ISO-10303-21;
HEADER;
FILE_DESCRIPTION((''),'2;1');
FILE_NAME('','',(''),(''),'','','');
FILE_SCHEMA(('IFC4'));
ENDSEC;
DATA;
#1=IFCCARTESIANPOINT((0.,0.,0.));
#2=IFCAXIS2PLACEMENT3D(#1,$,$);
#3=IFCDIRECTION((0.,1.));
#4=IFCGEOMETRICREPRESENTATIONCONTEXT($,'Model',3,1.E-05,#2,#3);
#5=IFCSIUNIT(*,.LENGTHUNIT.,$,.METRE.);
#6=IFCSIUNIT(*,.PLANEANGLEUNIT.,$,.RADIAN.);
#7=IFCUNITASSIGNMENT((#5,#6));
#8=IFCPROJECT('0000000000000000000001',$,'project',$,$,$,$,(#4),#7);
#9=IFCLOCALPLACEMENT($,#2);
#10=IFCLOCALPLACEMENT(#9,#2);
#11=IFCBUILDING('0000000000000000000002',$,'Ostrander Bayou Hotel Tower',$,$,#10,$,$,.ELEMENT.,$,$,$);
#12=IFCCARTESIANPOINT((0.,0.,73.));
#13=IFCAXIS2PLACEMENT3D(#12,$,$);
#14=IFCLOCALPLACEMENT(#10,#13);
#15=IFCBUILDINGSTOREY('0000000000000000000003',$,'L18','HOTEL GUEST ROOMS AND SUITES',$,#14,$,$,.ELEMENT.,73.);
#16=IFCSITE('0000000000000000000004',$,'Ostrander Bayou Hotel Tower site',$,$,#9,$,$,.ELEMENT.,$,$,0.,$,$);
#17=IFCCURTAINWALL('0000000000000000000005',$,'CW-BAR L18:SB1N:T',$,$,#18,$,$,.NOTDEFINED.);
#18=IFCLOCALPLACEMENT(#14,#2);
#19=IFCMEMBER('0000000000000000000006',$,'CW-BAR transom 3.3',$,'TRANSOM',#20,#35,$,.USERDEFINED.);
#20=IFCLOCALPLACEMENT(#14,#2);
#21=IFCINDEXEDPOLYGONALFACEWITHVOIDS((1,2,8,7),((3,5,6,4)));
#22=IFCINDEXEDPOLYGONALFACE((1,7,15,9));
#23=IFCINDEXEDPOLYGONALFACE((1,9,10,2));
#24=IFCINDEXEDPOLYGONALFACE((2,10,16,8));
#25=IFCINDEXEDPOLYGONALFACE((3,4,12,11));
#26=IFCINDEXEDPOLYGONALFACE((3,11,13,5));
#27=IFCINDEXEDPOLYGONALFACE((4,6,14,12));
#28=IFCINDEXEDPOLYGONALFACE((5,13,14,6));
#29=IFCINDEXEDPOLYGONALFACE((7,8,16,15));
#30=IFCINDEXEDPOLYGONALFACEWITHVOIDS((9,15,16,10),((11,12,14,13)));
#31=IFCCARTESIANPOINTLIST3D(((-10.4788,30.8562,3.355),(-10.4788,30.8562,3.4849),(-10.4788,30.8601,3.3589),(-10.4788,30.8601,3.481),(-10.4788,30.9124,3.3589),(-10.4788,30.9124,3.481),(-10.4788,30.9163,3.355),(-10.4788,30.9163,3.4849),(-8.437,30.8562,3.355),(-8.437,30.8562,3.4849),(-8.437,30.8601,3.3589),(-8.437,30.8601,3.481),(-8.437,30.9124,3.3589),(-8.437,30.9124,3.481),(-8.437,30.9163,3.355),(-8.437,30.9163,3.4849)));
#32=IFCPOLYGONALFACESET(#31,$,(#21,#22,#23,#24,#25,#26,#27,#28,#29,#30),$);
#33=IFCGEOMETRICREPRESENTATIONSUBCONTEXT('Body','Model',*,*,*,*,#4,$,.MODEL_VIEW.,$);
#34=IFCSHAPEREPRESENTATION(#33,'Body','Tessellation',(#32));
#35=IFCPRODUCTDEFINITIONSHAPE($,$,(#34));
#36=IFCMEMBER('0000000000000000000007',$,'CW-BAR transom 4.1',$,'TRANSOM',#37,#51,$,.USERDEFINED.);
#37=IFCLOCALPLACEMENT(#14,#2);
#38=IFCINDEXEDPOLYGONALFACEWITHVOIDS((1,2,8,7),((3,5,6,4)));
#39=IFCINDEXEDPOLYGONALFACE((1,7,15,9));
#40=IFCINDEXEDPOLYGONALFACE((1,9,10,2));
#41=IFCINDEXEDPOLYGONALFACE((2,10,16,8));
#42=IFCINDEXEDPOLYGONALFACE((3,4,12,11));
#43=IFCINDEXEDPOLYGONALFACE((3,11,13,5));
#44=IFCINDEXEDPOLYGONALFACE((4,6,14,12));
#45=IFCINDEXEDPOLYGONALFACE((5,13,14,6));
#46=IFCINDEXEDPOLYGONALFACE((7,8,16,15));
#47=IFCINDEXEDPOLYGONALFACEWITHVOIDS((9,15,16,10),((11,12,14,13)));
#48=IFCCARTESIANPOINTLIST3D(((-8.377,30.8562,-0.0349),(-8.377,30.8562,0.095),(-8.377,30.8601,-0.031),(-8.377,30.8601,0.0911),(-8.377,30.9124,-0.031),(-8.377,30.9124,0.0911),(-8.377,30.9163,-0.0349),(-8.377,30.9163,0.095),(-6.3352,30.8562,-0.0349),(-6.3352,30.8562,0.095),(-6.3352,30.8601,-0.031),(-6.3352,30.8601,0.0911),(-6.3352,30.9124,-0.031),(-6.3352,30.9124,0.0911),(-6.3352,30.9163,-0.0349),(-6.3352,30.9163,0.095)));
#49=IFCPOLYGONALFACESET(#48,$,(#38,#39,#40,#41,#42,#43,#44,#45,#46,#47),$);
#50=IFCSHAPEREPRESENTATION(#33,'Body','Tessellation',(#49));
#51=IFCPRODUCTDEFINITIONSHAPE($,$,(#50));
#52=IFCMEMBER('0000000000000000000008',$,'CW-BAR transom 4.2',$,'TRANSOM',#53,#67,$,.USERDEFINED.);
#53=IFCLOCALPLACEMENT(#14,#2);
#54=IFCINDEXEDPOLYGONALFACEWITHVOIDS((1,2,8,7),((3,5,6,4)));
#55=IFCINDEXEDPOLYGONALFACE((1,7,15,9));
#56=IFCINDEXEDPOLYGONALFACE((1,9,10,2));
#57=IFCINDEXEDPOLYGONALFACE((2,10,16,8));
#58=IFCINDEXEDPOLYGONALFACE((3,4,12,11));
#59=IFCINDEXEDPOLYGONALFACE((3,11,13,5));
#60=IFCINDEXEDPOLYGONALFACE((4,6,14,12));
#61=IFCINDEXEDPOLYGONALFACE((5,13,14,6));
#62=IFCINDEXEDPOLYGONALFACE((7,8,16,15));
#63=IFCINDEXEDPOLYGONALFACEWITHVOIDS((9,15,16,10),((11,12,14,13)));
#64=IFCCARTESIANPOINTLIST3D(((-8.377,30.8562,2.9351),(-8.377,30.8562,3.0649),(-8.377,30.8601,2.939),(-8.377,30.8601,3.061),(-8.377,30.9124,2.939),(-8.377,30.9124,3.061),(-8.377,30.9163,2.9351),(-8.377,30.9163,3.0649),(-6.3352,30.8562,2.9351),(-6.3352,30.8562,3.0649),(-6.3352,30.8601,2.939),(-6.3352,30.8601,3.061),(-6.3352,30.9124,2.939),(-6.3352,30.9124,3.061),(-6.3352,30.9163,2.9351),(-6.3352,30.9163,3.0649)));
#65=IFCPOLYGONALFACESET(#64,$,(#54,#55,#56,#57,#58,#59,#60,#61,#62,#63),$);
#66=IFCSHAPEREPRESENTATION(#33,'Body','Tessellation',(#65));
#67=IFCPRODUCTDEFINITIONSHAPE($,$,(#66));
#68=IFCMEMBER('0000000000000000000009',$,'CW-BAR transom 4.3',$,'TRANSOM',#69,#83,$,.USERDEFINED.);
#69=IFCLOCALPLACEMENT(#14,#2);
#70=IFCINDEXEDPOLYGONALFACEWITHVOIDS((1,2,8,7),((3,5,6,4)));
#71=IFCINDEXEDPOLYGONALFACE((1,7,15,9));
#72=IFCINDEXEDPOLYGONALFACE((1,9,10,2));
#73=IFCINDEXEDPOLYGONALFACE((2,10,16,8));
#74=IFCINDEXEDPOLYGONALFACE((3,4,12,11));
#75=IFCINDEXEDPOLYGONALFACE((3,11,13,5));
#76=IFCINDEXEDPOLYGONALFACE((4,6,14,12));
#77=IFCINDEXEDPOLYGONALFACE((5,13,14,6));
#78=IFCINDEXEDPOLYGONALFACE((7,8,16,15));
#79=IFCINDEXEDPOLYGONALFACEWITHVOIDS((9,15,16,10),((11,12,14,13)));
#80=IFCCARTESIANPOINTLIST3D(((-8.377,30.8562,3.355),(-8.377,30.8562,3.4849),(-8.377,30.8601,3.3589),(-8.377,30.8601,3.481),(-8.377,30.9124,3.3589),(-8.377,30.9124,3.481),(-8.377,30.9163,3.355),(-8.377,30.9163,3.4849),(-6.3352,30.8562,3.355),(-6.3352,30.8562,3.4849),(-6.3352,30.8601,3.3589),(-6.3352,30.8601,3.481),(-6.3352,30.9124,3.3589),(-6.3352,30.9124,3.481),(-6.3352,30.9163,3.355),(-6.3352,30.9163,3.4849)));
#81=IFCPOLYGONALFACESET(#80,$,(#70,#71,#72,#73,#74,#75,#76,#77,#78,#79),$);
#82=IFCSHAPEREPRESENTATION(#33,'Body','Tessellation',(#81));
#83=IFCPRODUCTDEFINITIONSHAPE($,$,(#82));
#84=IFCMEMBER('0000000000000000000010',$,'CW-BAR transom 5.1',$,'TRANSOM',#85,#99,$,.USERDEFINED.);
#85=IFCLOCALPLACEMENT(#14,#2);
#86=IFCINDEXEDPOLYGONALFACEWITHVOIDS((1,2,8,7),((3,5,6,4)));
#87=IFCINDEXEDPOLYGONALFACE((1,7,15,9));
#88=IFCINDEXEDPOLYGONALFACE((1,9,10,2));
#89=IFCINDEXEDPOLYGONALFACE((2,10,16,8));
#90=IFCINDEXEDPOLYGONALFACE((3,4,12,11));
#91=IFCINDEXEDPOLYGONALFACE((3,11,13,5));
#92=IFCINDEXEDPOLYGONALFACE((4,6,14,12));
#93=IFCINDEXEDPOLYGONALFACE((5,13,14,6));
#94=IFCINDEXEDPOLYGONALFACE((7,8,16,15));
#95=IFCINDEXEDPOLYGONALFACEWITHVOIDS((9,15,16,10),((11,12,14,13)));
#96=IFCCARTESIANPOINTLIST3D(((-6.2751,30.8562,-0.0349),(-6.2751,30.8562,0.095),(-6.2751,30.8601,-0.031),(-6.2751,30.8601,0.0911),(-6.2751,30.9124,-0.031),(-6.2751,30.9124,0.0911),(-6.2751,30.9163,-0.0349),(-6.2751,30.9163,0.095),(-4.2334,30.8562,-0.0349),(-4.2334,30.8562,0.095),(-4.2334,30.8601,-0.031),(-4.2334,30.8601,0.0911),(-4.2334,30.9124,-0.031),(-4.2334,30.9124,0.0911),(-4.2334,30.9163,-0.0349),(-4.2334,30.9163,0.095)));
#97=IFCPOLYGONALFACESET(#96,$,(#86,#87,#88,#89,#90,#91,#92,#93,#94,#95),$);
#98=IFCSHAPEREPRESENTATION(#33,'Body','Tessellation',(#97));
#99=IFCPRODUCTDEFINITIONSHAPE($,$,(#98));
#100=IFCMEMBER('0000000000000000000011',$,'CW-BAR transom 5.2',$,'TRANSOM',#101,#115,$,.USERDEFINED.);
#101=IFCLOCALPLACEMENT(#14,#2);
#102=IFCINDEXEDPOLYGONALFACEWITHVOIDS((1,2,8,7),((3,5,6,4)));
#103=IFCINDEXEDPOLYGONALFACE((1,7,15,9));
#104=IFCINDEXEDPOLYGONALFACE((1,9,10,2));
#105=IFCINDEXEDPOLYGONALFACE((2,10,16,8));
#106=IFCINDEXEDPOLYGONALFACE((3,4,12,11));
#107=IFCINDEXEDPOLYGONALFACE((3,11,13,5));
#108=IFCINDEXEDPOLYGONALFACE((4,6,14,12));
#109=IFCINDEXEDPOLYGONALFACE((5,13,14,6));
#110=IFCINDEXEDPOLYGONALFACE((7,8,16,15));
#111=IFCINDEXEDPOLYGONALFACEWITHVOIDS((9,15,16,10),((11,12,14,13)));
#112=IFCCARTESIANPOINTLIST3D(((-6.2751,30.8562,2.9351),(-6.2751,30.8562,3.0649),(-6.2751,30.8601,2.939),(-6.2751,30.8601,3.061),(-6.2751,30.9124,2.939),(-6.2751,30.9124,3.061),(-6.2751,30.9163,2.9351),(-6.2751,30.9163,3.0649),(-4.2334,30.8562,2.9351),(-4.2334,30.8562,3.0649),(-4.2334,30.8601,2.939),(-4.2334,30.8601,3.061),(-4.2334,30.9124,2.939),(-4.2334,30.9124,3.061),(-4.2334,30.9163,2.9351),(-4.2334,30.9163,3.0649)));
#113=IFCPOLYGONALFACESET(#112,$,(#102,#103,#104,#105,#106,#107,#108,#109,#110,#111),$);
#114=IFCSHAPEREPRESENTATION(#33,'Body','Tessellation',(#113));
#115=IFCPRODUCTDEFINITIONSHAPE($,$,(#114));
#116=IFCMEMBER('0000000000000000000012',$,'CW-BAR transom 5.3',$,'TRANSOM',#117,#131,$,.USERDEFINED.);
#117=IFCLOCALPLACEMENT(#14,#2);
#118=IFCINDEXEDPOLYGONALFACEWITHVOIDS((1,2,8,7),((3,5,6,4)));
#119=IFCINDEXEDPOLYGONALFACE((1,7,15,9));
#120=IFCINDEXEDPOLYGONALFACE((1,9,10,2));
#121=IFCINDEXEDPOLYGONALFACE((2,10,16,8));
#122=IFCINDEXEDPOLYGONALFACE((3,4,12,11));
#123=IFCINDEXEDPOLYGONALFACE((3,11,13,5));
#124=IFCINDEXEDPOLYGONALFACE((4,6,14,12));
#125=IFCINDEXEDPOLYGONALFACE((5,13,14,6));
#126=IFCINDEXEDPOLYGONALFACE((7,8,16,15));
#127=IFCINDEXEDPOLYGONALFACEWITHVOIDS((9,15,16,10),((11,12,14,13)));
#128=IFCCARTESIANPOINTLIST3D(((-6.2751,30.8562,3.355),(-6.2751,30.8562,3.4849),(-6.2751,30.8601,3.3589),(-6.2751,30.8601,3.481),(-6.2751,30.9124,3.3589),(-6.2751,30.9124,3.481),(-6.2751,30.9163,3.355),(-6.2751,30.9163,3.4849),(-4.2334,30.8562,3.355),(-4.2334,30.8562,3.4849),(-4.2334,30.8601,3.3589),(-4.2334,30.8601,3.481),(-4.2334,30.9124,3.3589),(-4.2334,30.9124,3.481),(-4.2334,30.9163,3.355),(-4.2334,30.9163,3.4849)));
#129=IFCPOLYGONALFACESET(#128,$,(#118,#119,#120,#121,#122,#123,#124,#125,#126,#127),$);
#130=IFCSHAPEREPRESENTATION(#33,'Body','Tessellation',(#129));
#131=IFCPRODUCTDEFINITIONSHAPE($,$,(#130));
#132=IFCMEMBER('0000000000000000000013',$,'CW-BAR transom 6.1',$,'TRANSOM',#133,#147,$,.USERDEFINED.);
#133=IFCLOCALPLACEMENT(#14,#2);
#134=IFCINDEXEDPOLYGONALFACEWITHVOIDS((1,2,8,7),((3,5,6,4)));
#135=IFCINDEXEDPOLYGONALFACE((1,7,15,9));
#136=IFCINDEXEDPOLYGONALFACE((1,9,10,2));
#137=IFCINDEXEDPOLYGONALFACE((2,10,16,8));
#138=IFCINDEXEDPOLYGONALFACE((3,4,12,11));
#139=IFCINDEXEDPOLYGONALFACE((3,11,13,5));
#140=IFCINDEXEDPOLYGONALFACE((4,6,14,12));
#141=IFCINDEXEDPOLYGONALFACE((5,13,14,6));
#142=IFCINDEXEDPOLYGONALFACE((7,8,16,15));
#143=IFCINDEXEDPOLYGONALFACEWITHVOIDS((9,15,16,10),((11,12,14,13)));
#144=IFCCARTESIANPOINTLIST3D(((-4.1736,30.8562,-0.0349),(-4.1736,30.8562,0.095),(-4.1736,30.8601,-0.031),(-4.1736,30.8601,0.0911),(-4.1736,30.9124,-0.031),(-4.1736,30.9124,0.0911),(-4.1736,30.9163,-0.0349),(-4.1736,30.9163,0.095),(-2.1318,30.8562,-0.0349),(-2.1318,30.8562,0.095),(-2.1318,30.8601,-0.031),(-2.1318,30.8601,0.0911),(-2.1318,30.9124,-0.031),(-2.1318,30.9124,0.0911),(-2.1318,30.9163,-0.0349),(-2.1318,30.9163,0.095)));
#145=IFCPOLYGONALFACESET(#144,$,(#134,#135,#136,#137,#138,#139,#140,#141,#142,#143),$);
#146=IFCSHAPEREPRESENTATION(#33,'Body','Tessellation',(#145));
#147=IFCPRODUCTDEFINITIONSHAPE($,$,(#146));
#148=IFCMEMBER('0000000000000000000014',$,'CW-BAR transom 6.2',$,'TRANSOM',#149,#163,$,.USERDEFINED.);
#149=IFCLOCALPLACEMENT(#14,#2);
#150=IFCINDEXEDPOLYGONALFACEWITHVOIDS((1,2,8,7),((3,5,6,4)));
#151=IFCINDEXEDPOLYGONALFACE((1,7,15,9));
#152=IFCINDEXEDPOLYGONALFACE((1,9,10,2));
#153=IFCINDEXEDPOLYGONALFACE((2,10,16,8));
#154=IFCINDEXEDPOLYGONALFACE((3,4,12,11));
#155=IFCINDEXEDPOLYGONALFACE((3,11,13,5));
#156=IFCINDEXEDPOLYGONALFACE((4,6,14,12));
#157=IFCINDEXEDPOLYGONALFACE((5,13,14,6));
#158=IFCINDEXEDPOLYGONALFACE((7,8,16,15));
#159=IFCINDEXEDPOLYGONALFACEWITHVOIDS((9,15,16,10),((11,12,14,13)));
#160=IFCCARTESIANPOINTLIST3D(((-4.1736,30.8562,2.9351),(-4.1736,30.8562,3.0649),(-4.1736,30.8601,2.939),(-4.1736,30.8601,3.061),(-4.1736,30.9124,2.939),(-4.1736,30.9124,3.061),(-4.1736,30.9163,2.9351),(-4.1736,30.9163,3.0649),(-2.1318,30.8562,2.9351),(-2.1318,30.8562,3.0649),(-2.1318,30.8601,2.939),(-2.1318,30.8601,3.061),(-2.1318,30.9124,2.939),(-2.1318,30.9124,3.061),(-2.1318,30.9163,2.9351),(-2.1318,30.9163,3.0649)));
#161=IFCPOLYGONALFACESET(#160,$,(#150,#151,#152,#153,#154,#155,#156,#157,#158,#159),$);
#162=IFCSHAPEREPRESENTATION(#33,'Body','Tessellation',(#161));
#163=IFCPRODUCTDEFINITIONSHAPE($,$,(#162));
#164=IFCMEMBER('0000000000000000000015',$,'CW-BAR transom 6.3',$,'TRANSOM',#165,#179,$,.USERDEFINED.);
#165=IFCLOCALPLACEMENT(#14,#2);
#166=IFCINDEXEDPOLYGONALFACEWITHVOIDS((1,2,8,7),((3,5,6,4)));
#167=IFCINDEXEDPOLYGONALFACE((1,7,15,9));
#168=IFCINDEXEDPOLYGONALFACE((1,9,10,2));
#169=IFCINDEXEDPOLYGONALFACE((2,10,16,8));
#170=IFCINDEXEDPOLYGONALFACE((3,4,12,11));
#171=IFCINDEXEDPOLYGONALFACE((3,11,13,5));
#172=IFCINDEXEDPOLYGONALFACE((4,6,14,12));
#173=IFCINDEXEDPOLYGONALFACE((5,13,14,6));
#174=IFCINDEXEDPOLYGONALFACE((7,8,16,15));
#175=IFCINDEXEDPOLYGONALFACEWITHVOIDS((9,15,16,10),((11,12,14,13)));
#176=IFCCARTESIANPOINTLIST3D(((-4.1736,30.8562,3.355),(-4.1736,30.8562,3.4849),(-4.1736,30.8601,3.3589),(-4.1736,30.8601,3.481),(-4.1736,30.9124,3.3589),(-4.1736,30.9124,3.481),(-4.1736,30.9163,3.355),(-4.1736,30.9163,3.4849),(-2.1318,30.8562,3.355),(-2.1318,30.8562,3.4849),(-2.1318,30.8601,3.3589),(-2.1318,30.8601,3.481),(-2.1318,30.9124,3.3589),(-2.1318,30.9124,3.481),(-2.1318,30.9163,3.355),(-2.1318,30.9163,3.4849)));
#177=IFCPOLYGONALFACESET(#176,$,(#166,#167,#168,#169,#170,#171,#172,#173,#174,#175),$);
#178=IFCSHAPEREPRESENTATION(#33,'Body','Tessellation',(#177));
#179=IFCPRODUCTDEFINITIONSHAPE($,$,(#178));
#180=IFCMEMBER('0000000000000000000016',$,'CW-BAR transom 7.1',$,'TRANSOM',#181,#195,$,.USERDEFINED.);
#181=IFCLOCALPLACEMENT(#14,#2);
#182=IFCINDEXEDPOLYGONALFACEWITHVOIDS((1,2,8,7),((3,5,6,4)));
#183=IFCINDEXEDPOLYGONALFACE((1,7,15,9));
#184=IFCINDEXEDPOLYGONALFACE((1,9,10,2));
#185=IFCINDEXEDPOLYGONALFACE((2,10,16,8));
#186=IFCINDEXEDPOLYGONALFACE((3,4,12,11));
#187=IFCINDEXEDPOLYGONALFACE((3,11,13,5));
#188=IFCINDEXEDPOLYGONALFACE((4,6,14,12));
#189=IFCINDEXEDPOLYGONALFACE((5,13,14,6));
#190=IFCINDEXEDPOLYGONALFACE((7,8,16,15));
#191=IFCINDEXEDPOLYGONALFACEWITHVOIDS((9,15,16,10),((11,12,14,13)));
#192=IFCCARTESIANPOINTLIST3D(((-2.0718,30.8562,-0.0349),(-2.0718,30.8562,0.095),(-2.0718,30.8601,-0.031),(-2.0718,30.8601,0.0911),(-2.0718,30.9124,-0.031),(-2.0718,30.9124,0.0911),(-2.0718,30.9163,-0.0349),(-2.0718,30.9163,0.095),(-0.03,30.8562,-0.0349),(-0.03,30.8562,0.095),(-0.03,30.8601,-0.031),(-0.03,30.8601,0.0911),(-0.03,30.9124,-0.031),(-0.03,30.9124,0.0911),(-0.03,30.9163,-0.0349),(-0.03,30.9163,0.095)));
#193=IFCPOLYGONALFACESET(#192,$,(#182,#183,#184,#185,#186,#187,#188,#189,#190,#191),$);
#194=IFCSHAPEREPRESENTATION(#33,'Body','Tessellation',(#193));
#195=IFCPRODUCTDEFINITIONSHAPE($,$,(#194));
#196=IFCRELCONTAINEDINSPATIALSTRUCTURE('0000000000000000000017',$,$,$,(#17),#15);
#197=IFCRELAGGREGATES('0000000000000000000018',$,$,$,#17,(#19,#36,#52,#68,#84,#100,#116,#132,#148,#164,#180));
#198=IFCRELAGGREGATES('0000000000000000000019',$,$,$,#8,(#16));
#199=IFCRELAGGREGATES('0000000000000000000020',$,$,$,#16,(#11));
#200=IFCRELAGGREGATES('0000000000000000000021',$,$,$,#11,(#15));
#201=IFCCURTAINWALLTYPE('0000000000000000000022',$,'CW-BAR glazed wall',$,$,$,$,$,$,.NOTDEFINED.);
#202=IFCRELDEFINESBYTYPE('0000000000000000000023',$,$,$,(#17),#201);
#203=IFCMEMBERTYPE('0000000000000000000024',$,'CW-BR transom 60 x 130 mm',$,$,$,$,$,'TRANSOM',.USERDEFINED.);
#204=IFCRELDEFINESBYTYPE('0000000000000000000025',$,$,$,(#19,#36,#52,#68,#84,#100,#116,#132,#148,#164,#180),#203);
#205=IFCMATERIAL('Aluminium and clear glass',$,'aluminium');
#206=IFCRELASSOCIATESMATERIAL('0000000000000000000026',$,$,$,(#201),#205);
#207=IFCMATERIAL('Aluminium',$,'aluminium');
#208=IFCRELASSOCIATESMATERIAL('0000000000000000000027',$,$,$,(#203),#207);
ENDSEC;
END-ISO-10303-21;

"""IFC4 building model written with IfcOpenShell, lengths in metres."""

from ifc_helpers import new_model, si_unit, direction, frame, origin, origin_2d, place, context, subcontext, project, spatial, hollow_rectangle, extrude, material, material_profile, profile_set, type_object, element, aggregate, save


model = new_model("IFC4")

# Units and contexts
model_context = context("Model", 3, precision=1e-05, world=origin(), true_north=direction((0.0, 1.0)))
body_context = subcontext(model_context, "Body", "Model", "MODEL_VIEW")
ifc_project = project(units=[si_unit("LENGTHUNIT", "METRE"), si_unit("PLANEANGLEUNIT", "RADIAN")], contexts=[model_context])

# Site, building, storey
site_placement = place(None, origin())
site = spatial("IfcSite", under=ifc_project, at=site_placement, Name="Ostrander Bayou Hotel Tower site", CompositionType="ELEMENT", RefElevation=0.0)
building_placement = place(site_placement, origin())
building = spatial("IfcBuilding", under=site, at=building_placement, Name="Ostrander Bayou Hotel Tower", CompositionType="ELEMENT")
storey_placement = place(building_placement, frame((0.0, 0.0, 73.0)))
storey = spatial("IfcBuildingStorey", under=building, at=storey_placement, Name="L18", Description="HOTEL GUEST ROOMS AND SUITES", CompositionType="ELEMENT", Elevation=73.0)

# Curtain wall, members
ifc_material_1 = material(Name="Aluminium and clear glass", Category="aluminium")
curtain_wall_type = type_object("IfcCurtainWallType", Name="CW-BAR glazed wall", PredefinedType="NOTDEFINED", material=ifc_material_1)
curtain_wall_placement = place(storey_placement, origin())
curtain_wall = element("IfcCurtainWall", 1, at=curtain_wall_placement, inside=storey, type_object=curtain_wall_type, Name="CW-BAR L18:SB1N:T", PredefinedType="NOTDEFINED")
ifc_material_2 = material(Name="Aluminium", Category="aluminium")
ifc_material_profile_1 = material_profile(ifc_material_2, hollow_rectangle(XDim=0.0601, YDim=0.1299, WallThickness=0.0039, at=origin_2d()))
ifc_profile_set_1 = profile_set([ifc_material_profile_1], Name="Aluminium")
member_type_1 = type_object("IfcMemberType", Name="CW-BR transom 60 x 130 mm", ElementType="TRANSOM", PredefinedType="USERDEFINED", material=ifc_profile_set_1)
member_1_placement = place(storey_placement, frame((-10.4788, 30.8862, 3.4199), z_axis=(1.0, 0.0, 0.0), x_axis=(0.0, 1.0, 0.0)))
member_1 = element("IfcMember", 2, at=member_1_placement, type_object=member_type_1, Name="CW-BAR transom 3.3", ObjectType="TRANSOM", PredefinedType="USERDEFINED", context=body_context, shape_type="SweptSolid", body=[
    extrude(hollow_rectangle(XDim=0.0601, YDim=0.1299, WallThickness=0.0039, at=origin_2d()), origin(), (0.0, 0.0, 1.0), 2.0417),
])
member_2_placement = place(storey_placement, frame((-8.377, 30.8862, 0.03), z_axis=(1.0, 0.0, 0.0), x_axis=(0.0, 1.0, 0.0)))
member_2 = element("IfcMember", 3, at=member_2_placement, type_object=member_type_1, Name="CW-BAR transom 4.1", ObjectType="TRANSOM", PredefinedType="USERDEFINED", context=body_context, shape_type="SweptSolid", body=[
    extrude(hollow_rectangle(XDim=0.0601, YDim=0.1299, WallThickness=0.0039, at=origin_2d()), origin(), (0.0, 0.0, 1.0), 2.0417),
])
member_3_placement = place(storey_placement, frame((-8.377, 30.8862, 3.0), z_axis=(1.0, 0.0, 0.0), x_axis=(0.0, 1.0, 0.0)))
member_3 = element("IfcMember", 4, at=member_3_placement, type_object=member_type_1, Name="CW-BAR transom 4.2", ObjectType="TRANSOM", PredefinedType="USERDEFINED", context=body_context, shape_type="SweptSolid", body=[
    extrude(hollow_rectangle(XDim=0.0601, YDim=0.1299, WallThickness=0.0039, at=origin_2d()), origin(), (0.0, 0.0, 1.0), 2.0417),
])
member_4_placement = place(storey_placement, frame((-8.377, 30.8862, 3.4199), z_axis=(1.0, 0.0, 0.0), x_axis=(0.0, 1.0, 0.0)))
member_4 = element("IfcMember", 5, at=member_4_placement, type_object=member_type_1, Name="CW-BAR transom 4.3", ObjectType="TRANSOM", PredefinedType="USERDEFINED", context=body_context, shape_type="SweptSolid", body=[
    extrude(hollow_rectangle(XDim=0.0601, YDim=0.1299, WallThickness=0.0039, at=origin_2d()), origin(), (0.0, 0.0, 1.0), 2.0417),
])
member_5_placement = place(storey_placement, frame((-6.2751, 30.8862, 0.03), z_axis=(1.0, 0.0, 0.0), x_axis=(0.0, 1.0, 0.0)))
member_5 = element("IfcMember", 6, at=member_5_placement, type_object=member_type_1, Name="CW-BAR transom 5.1", ObjectType="TRANSOM", PredefinedType="USERDEFINED", context=body_context, shape_type="SweptSolid", body=[
    extrude(hollow_rectangle(XDim=0.0601, YDim=0.1299, WallThickness=0.0039, at=origin_2d()), origin(), (0.0, 0.0, 1.0), 2.0417),
])
member_6_placement = place(storey_placement, frame((-6.2751, 30.8862, 3.0), z_axis=(1.0, 0.0, 0.0), x_axis=(0.0, 1.0, 0.0)))
member_6 = element("IfcMember", 7, at=member_6_placement, type_object=member_type_1, Name="CW-BAR transom 5.2", ObjectType="TRANSOM", PredefinedType="USERDEFINED", context=body_context, shape_type="SweptSolid", body=[
    extrude(hollow_rectangle(XDim=0.0601, YDim=0.1299, WallThickness=0.0039, at=origin_2d()), origin(), (0.0, 0.0, 1.0), 2.0417),
])
member_7_placement = place(storey_placement, frame((-6.2751, 30.8862, 3.4199), z_axis=(1.0, 0.0, 0.0), x_axis=(0.0, 1.0, 0.0)))
member_7 = element("IfcMember", 8, at=member_7_placement, type_object=member_type_1, Name="CW-BAR transom 5.3", ObjectType="TRANSOM", PredefinedType="USERDEFINED", context=body_context, shape_type="SweptSolid", body=[
    extrude(hollow_rectangle(XDim=0.0601, YDim=0.1299, WallThickness=0.0039, at=origin_2d()), origin(), (0.0, 0.0, 1.0), 2.0417),
])
member_8_placement = place(storey_placement, frame((-4.1736, 30.8862, 0.03), z_axis=(1.0, 0.0, 0.0), x_axis=(0.0, 1.0, 0.0)))
member_8 = element("IfcMember", 9, at=member_8_placement, type_object=member_type_1, Name="CW-BAR transom 6.1", ObjectType="TRANSOM", PredefinedType="USERDEFINED", context=body_context, shape_type="SweptSolid", body=[
    extrude(hollow_rectangle(XDim=0.0601, YDim=0.1299, WallThickness=0.0039, at=origin_2d()), origin(), (0.0, 0.0, 1.0), 2.0417),
])
member_9_placement = place(storey_placement, frame((-4.1736, 30.8862, 3.0), z_axis=(1.0, 0.0, 0.0), x_axis=(0.0, 1.0, 0.0)))
member_9 = element("IfcMember", 10, at=member_9_placement, type_object=member_type_1, Name="CW-BAR transom 6.2", ObjectType="TRANSOM", PredefinedType="USERDEFINED", context=body_context, shape_type="SweptSolid", body=[
    extrude(hollow_rectangle(XDim=0.0601, YDim=0.1299, WallThickness=0.0039, at=origin_2d()), origin(), (0.0, 0.0, 1.0), 2.0417),
])
member_10_placement = place(storey_placement, frame((-4.1736, 30.8862, 3.4199), z_axis=(1.0, 0.0, 0.0), x_axis=(0.0, 1.0, 0.0)))
member_10 = element("IfcMember", 11, at=member_10_placement, type_object=member_type_1, Name="CW-BAR transom 6.3", ObjectType="TRANSOM", PredefinedType="USERDEFINED", context=body_context, shape_type="SweptSolid", body=[
    extrude(hollow_rectangle(XDim=0.0601, YDim=0.1299, WallThickness=0.0039, at=origin_2d()), origin(), (0.0, 0.0, 1.0), 2.0417),
])
member_11_placement = place(storey_placement, frame((-2.0718, 30.8862, 0.03), z_axis=(1.0, 0.0, 0.0), x_axis=(0.0, 1.0, 0.0)))
member_11 = element("IfcMember", 12, at=member_11_placement, type_object=member_type_1, Name="CW-BAR transom 7.1", ObjectType="TRANSOM", PredefinedType="USERDEFINED", context=body_context, shape_type="SweptSolid", body=[
    extrude(hollow_rectangle(XDim=0.0601, YDim=0.1299, WallThickness=0.0039, at=origin_2d()), origin(), (0.0, 0.0, 1.0), 2.0417),
])
aggregate(curtain_wall, [member_1, member_2, member_3, member_4, member_5, member_6, member_7, member_8, member_9, member_10, member_11])

save(model, "model.ifc")
